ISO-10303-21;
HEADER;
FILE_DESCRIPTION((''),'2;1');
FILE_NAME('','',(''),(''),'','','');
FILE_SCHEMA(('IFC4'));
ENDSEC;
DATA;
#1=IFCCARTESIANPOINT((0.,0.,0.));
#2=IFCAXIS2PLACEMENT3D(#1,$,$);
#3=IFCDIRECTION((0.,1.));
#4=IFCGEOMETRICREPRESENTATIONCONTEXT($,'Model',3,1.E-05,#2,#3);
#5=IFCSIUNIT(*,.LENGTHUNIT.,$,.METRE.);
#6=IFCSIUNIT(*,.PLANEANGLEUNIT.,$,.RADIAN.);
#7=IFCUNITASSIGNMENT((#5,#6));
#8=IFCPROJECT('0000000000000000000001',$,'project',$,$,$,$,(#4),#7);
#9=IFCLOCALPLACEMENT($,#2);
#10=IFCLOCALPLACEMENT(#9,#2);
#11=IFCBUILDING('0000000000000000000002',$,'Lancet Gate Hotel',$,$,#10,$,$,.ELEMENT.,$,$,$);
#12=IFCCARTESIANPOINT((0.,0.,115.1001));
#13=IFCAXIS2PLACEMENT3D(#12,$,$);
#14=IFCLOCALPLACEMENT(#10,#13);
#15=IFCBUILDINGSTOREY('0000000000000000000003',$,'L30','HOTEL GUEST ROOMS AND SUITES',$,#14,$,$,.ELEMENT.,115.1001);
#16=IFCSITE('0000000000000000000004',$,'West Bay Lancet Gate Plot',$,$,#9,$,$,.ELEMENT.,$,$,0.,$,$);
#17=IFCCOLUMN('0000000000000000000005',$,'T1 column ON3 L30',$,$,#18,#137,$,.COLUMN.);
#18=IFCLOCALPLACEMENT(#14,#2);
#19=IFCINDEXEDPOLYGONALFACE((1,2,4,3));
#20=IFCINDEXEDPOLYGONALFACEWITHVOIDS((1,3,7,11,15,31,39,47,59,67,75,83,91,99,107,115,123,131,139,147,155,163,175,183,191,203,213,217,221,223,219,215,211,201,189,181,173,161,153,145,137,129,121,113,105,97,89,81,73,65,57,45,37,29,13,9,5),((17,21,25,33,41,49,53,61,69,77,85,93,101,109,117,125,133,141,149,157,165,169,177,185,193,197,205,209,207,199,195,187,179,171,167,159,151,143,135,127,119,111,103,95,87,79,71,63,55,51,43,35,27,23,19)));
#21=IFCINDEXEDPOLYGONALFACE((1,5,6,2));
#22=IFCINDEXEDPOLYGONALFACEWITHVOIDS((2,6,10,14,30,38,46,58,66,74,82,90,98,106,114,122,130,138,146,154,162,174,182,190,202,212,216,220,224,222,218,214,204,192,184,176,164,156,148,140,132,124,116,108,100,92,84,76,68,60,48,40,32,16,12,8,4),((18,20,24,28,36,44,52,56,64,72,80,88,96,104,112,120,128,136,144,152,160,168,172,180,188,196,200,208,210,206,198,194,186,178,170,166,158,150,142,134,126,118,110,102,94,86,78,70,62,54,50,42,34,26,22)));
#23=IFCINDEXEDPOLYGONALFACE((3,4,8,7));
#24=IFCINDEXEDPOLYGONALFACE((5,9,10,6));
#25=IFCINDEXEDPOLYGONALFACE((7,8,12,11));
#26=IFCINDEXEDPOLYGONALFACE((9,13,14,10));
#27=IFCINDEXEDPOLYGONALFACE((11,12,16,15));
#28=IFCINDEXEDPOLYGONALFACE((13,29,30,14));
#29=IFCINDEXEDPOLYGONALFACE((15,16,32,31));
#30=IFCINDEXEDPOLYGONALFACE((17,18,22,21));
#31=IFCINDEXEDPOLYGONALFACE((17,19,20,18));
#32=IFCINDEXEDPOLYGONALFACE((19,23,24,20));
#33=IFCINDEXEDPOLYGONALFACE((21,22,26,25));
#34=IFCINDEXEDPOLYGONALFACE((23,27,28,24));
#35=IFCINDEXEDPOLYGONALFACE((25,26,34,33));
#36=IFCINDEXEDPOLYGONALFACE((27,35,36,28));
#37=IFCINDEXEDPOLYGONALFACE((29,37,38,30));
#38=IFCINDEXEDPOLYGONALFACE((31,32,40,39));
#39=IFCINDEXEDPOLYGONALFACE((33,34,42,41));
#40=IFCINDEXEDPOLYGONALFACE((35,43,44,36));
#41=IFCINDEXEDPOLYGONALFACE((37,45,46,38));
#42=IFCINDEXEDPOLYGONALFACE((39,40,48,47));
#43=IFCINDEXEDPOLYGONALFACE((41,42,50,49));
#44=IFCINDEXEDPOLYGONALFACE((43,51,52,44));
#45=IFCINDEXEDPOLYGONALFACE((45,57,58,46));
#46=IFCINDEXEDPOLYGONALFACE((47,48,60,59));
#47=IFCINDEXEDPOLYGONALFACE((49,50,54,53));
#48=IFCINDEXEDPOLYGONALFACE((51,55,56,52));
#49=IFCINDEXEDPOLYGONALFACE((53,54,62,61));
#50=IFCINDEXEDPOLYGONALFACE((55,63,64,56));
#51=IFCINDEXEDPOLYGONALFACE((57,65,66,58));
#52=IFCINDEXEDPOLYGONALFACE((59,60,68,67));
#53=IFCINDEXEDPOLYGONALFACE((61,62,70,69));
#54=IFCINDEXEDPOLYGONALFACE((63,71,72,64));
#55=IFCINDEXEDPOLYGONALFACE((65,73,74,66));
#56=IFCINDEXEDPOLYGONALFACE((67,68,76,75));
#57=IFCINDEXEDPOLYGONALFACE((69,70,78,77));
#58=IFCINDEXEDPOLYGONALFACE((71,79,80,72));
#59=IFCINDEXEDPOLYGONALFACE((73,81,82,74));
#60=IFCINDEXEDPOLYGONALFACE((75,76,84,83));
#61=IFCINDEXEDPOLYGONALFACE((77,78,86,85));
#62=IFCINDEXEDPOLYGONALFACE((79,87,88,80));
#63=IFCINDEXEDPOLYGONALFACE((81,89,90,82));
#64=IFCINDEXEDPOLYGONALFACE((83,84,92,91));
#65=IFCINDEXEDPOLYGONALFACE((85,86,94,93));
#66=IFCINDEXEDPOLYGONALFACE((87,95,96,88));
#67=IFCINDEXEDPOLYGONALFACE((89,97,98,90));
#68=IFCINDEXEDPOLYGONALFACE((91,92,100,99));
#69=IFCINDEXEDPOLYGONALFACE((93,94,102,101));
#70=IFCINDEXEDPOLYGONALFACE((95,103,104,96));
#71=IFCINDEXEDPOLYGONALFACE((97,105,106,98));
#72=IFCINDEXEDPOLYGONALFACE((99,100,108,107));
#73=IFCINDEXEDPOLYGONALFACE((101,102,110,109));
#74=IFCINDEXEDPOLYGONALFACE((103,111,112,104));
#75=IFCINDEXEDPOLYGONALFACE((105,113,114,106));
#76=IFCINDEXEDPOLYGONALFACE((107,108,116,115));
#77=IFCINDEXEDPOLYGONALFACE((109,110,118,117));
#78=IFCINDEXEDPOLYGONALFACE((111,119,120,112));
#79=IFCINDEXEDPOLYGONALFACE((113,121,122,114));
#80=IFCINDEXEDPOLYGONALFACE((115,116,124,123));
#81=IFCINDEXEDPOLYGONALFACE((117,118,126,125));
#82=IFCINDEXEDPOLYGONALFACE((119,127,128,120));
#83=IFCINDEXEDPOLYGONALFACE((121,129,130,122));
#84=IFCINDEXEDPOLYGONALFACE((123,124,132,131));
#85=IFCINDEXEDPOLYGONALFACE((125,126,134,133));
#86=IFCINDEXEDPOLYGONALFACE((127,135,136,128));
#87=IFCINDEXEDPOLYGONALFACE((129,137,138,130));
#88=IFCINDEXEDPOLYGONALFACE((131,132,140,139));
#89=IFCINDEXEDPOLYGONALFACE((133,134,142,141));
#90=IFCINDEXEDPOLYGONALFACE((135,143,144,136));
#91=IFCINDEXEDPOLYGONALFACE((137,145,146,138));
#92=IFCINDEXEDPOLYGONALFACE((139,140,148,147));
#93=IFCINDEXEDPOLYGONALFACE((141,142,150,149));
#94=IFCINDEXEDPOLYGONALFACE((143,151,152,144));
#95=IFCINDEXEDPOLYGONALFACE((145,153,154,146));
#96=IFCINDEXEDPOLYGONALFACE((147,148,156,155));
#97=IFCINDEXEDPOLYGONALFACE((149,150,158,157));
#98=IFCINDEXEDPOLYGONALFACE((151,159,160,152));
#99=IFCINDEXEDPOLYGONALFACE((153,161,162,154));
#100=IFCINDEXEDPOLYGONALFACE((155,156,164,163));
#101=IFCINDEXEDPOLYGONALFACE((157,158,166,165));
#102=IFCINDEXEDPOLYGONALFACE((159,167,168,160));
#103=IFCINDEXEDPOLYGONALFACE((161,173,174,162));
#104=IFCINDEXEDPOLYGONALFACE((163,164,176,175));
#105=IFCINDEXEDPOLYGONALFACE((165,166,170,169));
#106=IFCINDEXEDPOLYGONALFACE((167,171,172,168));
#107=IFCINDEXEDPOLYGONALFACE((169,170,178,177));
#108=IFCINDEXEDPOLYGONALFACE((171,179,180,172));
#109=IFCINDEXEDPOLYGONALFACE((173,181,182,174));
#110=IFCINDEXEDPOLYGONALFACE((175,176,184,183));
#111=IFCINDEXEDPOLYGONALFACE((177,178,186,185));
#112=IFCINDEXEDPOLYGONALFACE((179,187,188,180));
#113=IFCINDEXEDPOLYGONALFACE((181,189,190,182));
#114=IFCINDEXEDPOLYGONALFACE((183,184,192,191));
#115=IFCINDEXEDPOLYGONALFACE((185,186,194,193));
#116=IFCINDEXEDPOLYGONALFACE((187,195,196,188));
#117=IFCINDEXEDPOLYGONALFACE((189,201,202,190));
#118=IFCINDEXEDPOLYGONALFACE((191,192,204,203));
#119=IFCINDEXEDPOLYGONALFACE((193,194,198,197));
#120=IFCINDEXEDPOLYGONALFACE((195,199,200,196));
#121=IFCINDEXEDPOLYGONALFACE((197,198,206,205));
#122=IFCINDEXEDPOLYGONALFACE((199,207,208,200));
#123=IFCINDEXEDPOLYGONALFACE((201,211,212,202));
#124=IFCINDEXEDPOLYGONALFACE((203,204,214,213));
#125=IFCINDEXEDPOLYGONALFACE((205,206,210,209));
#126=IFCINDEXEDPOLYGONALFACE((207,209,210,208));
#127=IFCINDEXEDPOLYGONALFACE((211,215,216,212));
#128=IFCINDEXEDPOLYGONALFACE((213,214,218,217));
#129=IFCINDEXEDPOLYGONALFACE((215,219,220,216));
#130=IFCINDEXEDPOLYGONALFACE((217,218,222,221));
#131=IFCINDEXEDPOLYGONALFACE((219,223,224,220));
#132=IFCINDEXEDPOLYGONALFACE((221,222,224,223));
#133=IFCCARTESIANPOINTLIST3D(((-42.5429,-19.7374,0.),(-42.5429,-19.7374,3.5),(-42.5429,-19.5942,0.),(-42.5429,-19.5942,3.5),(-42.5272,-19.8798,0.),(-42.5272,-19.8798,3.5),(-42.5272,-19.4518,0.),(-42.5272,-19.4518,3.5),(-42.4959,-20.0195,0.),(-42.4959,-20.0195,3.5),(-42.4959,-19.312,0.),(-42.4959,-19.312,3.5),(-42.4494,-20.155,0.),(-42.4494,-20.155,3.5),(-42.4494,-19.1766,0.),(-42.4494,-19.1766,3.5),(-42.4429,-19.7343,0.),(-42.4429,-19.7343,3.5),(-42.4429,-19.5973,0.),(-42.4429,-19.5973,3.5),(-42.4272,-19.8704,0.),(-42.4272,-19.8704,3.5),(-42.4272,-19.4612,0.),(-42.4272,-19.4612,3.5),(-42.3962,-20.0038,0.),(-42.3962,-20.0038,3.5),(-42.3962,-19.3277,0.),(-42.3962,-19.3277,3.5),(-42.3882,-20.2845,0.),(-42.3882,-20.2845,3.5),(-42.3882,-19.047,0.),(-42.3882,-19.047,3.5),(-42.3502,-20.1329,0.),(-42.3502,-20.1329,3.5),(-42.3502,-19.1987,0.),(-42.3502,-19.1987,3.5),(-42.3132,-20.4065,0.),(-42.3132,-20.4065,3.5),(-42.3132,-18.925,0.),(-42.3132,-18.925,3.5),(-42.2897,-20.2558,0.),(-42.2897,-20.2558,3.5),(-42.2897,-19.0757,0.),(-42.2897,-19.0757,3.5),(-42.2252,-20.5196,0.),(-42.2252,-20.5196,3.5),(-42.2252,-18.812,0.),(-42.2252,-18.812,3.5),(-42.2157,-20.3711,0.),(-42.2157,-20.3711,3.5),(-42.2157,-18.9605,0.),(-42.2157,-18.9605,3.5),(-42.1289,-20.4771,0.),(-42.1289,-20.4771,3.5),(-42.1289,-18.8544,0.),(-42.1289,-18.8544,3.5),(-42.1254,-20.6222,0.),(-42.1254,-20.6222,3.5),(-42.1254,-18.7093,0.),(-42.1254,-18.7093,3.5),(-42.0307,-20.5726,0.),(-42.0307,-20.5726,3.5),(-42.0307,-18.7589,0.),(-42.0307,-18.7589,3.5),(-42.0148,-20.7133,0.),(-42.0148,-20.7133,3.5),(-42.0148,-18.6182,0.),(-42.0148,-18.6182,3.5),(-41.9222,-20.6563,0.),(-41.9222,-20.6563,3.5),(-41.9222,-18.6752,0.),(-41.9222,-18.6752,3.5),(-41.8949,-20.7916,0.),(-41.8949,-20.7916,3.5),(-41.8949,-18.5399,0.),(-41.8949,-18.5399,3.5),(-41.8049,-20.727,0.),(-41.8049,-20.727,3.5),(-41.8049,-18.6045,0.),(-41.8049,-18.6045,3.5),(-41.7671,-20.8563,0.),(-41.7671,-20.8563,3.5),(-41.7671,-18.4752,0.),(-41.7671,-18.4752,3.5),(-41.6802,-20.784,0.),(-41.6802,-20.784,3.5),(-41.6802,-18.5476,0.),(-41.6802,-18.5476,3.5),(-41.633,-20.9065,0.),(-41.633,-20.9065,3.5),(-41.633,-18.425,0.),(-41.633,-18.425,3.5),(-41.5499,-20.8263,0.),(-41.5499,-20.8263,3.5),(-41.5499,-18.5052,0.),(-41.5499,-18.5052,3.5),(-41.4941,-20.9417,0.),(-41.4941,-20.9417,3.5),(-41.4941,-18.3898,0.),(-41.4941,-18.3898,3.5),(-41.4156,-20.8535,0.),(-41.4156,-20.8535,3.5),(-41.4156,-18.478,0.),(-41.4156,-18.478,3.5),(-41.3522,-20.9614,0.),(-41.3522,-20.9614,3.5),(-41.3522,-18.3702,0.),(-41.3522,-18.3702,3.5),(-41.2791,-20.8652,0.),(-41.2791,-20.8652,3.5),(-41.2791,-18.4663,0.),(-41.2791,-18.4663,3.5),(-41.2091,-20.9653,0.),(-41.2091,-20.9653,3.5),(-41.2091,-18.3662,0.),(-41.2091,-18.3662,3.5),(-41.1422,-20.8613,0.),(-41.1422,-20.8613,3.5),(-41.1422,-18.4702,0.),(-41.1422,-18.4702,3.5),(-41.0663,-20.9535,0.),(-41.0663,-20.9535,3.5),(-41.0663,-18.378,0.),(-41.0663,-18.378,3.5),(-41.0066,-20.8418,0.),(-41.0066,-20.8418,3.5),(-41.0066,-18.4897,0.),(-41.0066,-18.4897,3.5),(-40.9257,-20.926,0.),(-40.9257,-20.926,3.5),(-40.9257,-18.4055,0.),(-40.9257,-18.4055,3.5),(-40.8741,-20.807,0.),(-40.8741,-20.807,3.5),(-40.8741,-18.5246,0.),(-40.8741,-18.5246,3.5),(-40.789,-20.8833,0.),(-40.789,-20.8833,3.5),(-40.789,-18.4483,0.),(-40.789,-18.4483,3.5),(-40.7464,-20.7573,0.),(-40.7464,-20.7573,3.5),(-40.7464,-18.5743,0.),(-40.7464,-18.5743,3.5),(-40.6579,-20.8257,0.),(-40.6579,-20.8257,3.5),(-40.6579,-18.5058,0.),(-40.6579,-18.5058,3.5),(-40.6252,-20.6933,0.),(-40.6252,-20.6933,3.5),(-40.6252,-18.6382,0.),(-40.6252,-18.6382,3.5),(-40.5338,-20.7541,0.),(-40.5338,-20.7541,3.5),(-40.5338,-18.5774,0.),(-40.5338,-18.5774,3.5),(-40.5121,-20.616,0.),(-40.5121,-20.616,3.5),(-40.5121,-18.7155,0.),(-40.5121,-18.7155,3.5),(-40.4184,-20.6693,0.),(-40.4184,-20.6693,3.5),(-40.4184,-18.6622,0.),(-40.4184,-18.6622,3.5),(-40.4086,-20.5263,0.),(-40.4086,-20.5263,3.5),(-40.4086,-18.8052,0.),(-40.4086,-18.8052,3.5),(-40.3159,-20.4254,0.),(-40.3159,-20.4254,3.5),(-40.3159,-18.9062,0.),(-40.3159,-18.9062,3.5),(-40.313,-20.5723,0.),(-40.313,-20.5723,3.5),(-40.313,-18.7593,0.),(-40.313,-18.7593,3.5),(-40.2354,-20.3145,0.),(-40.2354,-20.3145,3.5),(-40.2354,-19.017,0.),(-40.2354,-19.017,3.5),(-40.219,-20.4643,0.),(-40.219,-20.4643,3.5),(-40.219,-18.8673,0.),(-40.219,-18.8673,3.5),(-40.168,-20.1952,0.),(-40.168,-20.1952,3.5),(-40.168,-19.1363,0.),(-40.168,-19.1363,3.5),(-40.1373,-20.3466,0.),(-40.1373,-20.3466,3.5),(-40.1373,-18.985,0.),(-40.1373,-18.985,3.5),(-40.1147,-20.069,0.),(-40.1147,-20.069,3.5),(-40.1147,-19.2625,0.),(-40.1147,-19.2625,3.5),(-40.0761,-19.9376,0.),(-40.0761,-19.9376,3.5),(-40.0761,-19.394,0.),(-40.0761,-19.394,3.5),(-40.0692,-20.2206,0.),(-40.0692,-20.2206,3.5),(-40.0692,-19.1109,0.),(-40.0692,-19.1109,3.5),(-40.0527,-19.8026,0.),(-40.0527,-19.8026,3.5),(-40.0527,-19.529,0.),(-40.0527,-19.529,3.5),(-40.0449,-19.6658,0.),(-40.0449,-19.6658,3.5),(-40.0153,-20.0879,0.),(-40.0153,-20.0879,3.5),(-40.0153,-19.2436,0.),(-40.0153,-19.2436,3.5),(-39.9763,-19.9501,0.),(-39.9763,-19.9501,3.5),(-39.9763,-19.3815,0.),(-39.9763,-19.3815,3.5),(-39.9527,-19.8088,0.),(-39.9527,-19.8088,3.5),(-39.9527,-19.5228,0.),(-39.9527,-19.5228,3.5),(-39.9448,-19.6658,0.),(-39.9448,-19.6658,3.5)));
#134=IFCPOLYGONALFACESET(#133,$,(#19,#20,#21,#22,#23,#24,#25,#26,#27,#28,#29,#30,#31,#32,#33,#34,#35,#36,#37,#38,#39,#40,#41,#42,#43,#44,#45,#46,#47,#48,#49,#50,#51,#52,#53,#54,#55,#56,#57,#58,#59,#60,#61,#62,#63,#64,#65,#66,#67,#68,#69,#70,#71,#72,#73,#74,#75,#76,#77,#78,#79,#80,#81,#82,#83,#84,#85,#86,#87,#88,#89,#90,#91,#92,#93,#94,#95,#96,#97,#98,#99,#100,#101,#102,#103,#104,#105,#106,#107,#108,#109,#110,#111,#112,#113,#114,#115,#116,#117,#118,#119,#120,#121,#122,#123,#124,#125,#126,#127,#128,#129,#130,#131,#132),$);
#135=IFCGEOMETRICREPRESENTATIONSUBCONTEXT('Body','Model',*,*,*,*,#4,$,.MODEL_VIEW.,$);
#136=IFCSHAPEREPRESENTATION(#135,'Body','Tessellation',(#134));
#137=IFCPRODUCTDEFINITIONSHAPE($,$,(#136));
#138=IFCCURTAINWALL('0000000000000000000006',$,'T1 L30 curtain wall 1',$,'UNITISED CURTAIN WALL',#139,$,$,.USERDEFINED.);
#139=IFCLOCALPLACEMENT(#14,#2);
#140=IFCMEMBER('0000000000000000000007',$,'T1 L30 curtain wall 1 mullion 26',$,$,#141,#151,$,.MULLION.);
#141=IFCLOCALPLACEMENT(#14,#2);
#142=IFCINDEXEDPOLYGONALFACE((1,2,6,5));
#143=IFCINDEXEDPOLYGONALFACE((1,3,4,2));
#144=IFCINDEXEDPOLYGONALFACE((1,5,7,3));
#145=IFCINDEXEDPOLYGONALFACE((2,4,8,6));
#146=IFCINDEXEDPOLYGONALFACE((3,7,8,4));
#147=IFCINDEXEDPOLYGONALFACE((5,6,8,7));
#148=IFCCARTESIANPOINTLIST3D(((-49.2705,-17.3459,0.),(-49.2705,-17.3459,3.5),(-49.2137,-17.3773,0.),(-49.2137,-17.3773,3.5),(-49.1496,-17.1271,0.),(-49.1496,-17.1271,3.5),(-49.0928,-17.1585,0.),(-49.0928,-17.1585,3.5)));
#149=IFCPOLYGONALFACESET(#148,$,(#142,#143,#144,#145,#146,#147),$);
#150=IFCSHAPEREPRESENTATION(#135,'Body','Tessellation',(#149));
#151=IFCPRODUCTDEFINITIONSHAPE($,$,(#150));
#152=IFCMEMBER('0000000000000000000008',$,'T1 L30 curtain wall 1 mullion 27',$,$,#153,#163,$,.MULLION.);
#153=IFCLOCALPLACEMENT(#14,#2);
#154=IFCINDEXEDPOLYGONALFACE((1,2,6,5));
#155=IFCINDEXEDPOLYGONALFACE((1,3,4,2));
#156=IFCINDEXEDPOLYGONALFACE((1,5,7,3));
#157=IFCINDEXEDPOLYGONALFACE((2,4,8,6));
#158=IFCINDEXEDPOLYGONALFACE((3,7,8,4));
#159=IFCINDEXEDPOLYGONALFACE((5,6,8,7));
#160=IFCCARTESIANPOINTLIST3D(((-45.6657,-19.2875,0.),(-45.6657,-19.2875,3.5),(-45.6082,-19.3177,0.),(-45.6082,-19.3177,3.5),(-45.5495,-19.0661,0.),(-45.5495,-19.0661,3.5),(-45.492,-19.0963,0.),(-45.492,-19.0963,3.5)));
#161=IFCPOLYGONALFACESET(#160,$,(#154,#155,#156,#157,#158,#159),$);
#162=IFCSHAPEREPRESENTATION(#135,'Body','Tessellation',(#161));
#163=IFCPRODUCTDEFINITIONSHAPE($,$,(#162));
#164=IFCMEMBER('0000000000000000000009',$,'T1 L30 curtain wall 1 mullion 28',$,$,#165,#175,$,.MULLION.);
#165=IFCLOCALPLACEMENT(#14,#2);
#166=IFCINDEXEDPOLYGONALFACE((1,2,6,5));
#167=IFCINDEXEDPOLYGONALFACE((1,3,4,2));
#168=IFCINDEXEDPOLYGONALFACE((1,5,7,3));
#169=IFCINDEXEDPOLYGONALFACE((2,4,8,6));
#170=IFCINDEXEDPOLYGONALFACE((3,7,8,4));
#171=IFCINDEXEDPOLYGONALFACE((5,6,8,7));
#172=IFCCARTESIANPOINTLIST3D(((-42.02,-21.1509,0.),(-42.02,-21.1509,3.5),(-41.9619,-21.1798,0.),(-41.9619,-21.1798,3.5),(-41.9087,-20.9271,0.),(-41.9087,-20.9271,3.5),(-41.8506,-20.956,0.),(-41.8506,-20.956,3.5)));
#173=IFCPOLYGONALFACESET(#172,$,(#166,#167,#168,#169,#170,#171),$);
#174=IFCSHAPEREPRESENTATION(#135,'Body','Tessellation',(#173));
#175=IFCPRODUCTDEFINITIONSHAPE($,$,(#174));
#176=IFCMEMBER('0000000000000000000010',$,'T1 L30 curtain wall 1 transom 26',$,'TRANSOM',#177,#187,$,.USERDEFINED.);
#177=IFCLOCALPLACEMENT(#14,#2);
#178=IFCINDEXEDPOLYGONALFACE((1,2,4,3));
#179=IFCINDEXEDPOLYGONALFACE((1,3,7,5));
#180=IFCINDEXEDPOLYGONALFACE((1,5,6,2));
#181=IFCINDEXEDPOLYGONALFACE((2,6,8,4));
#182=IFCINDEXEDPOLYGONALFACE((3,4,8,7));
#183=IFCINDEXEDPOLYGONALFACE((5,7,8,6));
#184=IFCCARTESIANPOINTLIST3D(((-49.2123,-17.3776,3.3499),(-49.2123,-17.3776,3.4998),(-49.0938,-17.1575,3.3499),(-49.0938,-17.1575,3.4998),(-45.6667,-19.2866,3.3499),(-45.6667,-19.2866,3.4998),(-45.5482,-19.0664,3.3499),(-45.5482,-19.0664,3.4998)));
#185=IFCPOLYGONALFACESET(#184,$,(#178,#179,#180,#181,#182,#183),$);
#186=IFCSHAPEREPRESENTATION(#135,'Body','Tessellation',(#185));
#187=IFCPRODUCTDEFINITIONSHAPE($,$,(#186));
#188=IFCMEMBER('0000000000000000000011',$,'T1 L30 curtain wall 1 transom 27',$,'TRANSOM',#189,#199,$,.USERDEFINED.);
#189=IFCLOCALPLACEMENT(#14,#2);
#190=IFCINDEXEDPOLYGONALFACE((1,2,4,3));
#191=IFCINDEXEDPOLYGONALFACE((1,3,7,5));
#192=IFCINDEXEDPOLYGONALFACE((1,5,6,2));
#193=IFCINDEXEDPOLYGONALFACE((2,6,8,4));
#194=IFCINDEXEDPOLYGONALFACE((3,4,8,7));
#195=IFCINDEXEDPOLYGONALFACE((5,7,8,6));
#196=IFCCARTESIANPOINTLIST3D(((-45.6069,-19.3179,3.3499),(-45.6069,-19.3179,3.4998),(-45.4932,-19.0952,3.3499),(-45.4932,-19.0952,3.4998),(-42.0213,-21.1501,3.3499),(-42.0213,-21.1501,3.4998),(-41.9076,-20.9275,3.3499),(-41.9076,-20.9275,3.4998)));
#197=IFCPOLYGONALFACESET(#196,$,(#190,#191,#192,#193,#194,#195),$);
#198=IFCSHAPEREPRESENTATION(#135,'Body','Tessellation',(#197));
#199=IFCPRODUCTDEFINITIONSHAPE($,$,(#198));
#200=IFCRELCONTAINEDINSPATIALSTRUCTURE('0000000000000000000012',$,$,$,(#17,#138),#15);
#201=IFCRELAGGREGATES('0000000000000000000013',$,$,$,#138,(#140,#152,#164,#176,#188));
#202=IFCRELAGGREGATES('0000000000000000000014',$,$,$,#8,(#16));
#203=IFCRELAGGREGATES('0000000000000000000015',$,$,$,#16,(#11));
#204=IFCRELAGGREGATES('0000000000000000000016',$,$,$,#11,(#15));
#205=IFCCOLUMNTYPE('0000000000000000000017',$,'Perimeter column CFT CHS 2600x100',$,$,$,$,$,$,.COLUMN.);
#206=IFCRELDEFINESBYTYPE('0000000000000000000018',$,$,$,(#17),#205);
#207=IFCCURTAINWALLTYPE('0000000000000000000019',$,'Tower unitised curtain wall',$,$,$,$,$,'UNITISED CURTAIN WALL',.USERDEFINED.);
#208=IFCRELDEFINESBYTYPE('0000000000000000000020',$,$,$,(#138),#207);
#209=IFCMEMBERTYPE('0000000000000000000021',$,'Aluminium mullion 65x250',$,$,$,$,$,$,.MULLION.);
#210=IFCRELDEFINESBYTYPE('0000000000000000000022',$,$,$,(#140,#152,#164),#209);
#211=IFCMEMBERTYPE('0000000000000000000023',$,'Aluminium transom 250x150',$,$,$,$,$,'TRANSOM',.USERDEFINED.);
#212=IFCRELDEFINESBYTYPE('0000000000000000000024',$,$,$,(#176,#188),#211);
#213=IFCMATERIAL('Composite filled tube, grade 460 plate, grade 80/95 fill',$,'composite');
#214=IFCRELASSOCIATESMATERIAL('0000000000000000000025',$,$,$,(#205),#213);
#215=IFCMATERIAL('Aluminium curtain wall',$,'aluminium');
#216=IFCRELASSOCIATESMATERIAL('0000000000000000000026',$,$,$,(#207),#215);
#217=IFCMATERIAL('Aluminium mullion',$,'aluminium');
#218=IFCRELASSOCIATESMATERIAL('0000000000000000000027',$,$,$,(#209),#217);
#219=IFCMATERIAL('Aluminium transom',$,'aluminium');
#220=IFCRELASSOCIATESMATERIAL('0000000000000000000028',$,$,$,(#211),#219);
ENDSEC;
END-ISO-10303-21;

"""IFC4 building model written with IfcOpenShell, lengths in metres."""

from ifc_helpers import new_model, si_unit, direction, frame, origin, origin_2d, place, context, subcontext, project, spatial, rectangle, hollow_circle, extrude, material, material_profile, profile_set, type_object, element, aggregate, save


model = new_model("IFC4")

# Units and contexts
model_context = context("Model", 3, precision=1e-05, world=origin(), true_north=direction((0.0, 1.0)))
body_context = subcontext(model_context, "Body", "Model", "MODEL_VIEW")
ifc_project = project(units=[si_unit("LENGTHUNIT", "METRE"), si_unit("PLANEANGLEUNIT", "RADIAN")], contexts=[model_context])

# Site, building, storey
site_placement = place(None, origin())
site = spatial("IfcSite", under=ifc_project, at=site_placement, Name="West Bay Lancet Gate Plot", CompositionType="ELEMENT", RefElevation=0.0)
building_placement = place(site_placement, origin())
building = spatial("IfcBuilding", under=site, at=building_placement, Name="Lancet Gate Hotel", CompositionType="ELEMENT")
storey_placement = place(building_placement, frame((0.0, 0.0, 115.1001)))
storey = spatial("IfcBuildingStorey", under=building, at=storey_placement, Name="L30", Description="HOTEL GUEST ROOMS AND SUITES", CompositionType="ELEMENT", Elevation=115.1001)

# Column
ifc_material_1 = material(Name="Composite filled tube, grade 460 plate, grade 80/95 fill", Category="composite")
ifc_material_profile_1 = material_profile(ifc_material_1, hollow_circle(Radius=1.3, WallThickness=0.1001, at=origin_2d()), Name="CHS 2600x100")
ifc_profile_set_1 = profile_set([ifc_material_profile_1], Name="Composite filled tube, grade 460 plate, grade 80/95 fill")
column_type = type_object("IfcColumnType", Name="Perimeter column CFT CHS 2600x100", PredefinedType="COLUMN", material=ifc_profile_set_1)
column_placement = place(storey_placement, frame((-41.2449, -19.6658, 0.0), z_axis=(0.0, 0.0, 1.0), x_axis=(1.0, 0.0, 0.0)))
element("IfcColumn", 1, at=column_placement, inside=storey, type_object=column_type, Name="T1 column ON3 L30", PredefinedType="COLUMN", context=body_context, shape_type="SweptSolid", body=[
    extrude(hollow_circle(Radius=1.3, WallThickness=0.1001, at=origin_2d()), origin(), (0.0, 0.0, 1.0), 3.5),
])

# Curtain wall, members
ifc_material_2 = material(Name="Aluminium curtain wall", Category="aluminium")
curtain_wall_type = type_object("IfcCurtainWallType", Name="Tower unitised curtain wall", ElementType="UNITISED CURTAIN WALL", PredefinedType="USERDEFINED", material=ifc_material_2)
curtain_wall_placement = place(storey_placement, origin())
curtain_wall = element("IfcCurtainWall", 2, at=curtain_wall_placement, inside=storey, type_object=curtain_wall_type, Name="T1 L30 curtain wall 1", ObjectType="UNITISED CURTAIN WALL", PredefinedType="USERDEFINED")
ifc_material_3 = material(Name="Aluminium mullion", Category="aluminium")
ifc_material_profile_2 = material_profile(ifc_material_3, rectangle(XDim=0.0649, YDim=0.25, at=origin_2d()), Name="MULLION 65x250")
ifc_profile_set_2 = profile_set([ifc_material_profile_2], Name="Aluminium mullion")
member_type_1 = type_object("IfcMemberType", Name="Aluminium mullion 65x250", PredefinedType="MULLION", material=ifc_profile_set_2)
member_1_placement = place(storey_placement, frame((-49.1816, -17.2522, 0.0), z_axis=(0.0, 0.0, 1.0), x_axis=(0.875339, -0.48351, 0.0)))
member_1 = element("IfcMember", 3, at=member_1_placement, type_object=member_type_1, Name="T1 L30 curtain wall 1 mullion 26", PredefinedType="MULLION", context=body_context, shape_type="SweptSolid", body=[
    extrude(rectangle(XDim=0.0649, YDim=0.25, at=origin_2d()), origin(), (0.0, 0.0, 1.0), 3.5),
])
member_2_placement = place(storey_placement, frame((-45.5789, -19.1919, 0.0), z_axis=(0.0, 0.0, 1.0), x_axis=(0.885544, -0.464555, 0.0)))
member_2 = element("IfcMember", 4, at=member_2_placement, type_object=member_type_1, Name="T1 L30 curtain wall 1 mullion 27", PredefinedType="MULLION", context=body_context, shape_type="SweptSolid", body=[
    extrude(rectangle(XDim=0.0649, YDim=0.25, at=origin_2d()), origin(), (0.0, 0.0, 1.0), 3.5),
])
member_3_placement = place(storey_placement, frame((-41.9353, -21.0535, 0.0), z_axis=(0.0, 0.0, 1.0), x_axis=(0.895339, -0.445384, 0.0)))
member_3 = element("IfcMember", 5, at=member_3_placement, type_object=member_type_1, Name="T1 L30 curtain wall 1 mullion 28", PredefinedType="MULLION", context=body_context, shape_type="SweptSolid", body=[
    extrude(rectangle(XDim=0.0649, YDim=0.25, at=origin_2d()), origin(), (0.0, 0.0, 1.0), 3.5),
])
ifc_material_4 = material(Name="Aluminium transom", Category="aluminium")
ifc_material_profile_3 = material_profile(ifc_material_4, rectangle(XDim=0.25, YDim=0.1499, at=origin_2d()), Name="TRANSOM 250x150")
ifc_profile_set_3 = profile_set([ifc_material_profile_3], Name="Aluminium transom")
member_type_2 = type_object("IfcMemberType", Name="Aluminium transom 250x150", ElementType="TRANSOM", PredefinedType="USERDEFINED", material=ifc_profile_set_3)
member_4_placement = place(storey_placement, frame((-49.1531, -17.2676, 3.4248), z_axis=(0.880498, -0.474049, 0.0), x_axis=(0.474049, 0.880498, 0.0)))
member_4 = element("IfcMember", 6, at=member_4_placement, type_object=member_type_2, Name="T1 L30 curtain wall 1 transom 26", ObjectType="TRANSOM", PredefinedType="USERDEFINED", context=body_context, shape_type="SweptSolid", body=[
    extrude(rectangle(XDim=0.25, YDim=0.1499, at=origin_2d()), origin(), (0.0, 0.0, 1.0), 4.0269),
])
member_5_placement = place(storey_placement, frame((-45.55, -19.2065, 3.4248), z_axis=(0.890476, -0.45503, 0.0), x_axis=(0.45503, 0.890476, 0.0)))
member_5 = element("IfcMember", 7, at=member_5_placement, type_object=member_type_2, Name="T1 L30 curtain wall 1 transom 27", ObjectType="TRANSOM", PredefinedType="USERDEFINED", context=body_context, shape_type="SweptSolid", body=[
    extrude(rectangle(XDim=0.25, YDim=0.1499, at=origin_2d()), origin(), (0.0, 0.0, 1.0), 4.0266),
])

aggregate(curtain_wall, [member_1, member_2, member_3, member_4, member_5])

save(model, "model.ifc")
